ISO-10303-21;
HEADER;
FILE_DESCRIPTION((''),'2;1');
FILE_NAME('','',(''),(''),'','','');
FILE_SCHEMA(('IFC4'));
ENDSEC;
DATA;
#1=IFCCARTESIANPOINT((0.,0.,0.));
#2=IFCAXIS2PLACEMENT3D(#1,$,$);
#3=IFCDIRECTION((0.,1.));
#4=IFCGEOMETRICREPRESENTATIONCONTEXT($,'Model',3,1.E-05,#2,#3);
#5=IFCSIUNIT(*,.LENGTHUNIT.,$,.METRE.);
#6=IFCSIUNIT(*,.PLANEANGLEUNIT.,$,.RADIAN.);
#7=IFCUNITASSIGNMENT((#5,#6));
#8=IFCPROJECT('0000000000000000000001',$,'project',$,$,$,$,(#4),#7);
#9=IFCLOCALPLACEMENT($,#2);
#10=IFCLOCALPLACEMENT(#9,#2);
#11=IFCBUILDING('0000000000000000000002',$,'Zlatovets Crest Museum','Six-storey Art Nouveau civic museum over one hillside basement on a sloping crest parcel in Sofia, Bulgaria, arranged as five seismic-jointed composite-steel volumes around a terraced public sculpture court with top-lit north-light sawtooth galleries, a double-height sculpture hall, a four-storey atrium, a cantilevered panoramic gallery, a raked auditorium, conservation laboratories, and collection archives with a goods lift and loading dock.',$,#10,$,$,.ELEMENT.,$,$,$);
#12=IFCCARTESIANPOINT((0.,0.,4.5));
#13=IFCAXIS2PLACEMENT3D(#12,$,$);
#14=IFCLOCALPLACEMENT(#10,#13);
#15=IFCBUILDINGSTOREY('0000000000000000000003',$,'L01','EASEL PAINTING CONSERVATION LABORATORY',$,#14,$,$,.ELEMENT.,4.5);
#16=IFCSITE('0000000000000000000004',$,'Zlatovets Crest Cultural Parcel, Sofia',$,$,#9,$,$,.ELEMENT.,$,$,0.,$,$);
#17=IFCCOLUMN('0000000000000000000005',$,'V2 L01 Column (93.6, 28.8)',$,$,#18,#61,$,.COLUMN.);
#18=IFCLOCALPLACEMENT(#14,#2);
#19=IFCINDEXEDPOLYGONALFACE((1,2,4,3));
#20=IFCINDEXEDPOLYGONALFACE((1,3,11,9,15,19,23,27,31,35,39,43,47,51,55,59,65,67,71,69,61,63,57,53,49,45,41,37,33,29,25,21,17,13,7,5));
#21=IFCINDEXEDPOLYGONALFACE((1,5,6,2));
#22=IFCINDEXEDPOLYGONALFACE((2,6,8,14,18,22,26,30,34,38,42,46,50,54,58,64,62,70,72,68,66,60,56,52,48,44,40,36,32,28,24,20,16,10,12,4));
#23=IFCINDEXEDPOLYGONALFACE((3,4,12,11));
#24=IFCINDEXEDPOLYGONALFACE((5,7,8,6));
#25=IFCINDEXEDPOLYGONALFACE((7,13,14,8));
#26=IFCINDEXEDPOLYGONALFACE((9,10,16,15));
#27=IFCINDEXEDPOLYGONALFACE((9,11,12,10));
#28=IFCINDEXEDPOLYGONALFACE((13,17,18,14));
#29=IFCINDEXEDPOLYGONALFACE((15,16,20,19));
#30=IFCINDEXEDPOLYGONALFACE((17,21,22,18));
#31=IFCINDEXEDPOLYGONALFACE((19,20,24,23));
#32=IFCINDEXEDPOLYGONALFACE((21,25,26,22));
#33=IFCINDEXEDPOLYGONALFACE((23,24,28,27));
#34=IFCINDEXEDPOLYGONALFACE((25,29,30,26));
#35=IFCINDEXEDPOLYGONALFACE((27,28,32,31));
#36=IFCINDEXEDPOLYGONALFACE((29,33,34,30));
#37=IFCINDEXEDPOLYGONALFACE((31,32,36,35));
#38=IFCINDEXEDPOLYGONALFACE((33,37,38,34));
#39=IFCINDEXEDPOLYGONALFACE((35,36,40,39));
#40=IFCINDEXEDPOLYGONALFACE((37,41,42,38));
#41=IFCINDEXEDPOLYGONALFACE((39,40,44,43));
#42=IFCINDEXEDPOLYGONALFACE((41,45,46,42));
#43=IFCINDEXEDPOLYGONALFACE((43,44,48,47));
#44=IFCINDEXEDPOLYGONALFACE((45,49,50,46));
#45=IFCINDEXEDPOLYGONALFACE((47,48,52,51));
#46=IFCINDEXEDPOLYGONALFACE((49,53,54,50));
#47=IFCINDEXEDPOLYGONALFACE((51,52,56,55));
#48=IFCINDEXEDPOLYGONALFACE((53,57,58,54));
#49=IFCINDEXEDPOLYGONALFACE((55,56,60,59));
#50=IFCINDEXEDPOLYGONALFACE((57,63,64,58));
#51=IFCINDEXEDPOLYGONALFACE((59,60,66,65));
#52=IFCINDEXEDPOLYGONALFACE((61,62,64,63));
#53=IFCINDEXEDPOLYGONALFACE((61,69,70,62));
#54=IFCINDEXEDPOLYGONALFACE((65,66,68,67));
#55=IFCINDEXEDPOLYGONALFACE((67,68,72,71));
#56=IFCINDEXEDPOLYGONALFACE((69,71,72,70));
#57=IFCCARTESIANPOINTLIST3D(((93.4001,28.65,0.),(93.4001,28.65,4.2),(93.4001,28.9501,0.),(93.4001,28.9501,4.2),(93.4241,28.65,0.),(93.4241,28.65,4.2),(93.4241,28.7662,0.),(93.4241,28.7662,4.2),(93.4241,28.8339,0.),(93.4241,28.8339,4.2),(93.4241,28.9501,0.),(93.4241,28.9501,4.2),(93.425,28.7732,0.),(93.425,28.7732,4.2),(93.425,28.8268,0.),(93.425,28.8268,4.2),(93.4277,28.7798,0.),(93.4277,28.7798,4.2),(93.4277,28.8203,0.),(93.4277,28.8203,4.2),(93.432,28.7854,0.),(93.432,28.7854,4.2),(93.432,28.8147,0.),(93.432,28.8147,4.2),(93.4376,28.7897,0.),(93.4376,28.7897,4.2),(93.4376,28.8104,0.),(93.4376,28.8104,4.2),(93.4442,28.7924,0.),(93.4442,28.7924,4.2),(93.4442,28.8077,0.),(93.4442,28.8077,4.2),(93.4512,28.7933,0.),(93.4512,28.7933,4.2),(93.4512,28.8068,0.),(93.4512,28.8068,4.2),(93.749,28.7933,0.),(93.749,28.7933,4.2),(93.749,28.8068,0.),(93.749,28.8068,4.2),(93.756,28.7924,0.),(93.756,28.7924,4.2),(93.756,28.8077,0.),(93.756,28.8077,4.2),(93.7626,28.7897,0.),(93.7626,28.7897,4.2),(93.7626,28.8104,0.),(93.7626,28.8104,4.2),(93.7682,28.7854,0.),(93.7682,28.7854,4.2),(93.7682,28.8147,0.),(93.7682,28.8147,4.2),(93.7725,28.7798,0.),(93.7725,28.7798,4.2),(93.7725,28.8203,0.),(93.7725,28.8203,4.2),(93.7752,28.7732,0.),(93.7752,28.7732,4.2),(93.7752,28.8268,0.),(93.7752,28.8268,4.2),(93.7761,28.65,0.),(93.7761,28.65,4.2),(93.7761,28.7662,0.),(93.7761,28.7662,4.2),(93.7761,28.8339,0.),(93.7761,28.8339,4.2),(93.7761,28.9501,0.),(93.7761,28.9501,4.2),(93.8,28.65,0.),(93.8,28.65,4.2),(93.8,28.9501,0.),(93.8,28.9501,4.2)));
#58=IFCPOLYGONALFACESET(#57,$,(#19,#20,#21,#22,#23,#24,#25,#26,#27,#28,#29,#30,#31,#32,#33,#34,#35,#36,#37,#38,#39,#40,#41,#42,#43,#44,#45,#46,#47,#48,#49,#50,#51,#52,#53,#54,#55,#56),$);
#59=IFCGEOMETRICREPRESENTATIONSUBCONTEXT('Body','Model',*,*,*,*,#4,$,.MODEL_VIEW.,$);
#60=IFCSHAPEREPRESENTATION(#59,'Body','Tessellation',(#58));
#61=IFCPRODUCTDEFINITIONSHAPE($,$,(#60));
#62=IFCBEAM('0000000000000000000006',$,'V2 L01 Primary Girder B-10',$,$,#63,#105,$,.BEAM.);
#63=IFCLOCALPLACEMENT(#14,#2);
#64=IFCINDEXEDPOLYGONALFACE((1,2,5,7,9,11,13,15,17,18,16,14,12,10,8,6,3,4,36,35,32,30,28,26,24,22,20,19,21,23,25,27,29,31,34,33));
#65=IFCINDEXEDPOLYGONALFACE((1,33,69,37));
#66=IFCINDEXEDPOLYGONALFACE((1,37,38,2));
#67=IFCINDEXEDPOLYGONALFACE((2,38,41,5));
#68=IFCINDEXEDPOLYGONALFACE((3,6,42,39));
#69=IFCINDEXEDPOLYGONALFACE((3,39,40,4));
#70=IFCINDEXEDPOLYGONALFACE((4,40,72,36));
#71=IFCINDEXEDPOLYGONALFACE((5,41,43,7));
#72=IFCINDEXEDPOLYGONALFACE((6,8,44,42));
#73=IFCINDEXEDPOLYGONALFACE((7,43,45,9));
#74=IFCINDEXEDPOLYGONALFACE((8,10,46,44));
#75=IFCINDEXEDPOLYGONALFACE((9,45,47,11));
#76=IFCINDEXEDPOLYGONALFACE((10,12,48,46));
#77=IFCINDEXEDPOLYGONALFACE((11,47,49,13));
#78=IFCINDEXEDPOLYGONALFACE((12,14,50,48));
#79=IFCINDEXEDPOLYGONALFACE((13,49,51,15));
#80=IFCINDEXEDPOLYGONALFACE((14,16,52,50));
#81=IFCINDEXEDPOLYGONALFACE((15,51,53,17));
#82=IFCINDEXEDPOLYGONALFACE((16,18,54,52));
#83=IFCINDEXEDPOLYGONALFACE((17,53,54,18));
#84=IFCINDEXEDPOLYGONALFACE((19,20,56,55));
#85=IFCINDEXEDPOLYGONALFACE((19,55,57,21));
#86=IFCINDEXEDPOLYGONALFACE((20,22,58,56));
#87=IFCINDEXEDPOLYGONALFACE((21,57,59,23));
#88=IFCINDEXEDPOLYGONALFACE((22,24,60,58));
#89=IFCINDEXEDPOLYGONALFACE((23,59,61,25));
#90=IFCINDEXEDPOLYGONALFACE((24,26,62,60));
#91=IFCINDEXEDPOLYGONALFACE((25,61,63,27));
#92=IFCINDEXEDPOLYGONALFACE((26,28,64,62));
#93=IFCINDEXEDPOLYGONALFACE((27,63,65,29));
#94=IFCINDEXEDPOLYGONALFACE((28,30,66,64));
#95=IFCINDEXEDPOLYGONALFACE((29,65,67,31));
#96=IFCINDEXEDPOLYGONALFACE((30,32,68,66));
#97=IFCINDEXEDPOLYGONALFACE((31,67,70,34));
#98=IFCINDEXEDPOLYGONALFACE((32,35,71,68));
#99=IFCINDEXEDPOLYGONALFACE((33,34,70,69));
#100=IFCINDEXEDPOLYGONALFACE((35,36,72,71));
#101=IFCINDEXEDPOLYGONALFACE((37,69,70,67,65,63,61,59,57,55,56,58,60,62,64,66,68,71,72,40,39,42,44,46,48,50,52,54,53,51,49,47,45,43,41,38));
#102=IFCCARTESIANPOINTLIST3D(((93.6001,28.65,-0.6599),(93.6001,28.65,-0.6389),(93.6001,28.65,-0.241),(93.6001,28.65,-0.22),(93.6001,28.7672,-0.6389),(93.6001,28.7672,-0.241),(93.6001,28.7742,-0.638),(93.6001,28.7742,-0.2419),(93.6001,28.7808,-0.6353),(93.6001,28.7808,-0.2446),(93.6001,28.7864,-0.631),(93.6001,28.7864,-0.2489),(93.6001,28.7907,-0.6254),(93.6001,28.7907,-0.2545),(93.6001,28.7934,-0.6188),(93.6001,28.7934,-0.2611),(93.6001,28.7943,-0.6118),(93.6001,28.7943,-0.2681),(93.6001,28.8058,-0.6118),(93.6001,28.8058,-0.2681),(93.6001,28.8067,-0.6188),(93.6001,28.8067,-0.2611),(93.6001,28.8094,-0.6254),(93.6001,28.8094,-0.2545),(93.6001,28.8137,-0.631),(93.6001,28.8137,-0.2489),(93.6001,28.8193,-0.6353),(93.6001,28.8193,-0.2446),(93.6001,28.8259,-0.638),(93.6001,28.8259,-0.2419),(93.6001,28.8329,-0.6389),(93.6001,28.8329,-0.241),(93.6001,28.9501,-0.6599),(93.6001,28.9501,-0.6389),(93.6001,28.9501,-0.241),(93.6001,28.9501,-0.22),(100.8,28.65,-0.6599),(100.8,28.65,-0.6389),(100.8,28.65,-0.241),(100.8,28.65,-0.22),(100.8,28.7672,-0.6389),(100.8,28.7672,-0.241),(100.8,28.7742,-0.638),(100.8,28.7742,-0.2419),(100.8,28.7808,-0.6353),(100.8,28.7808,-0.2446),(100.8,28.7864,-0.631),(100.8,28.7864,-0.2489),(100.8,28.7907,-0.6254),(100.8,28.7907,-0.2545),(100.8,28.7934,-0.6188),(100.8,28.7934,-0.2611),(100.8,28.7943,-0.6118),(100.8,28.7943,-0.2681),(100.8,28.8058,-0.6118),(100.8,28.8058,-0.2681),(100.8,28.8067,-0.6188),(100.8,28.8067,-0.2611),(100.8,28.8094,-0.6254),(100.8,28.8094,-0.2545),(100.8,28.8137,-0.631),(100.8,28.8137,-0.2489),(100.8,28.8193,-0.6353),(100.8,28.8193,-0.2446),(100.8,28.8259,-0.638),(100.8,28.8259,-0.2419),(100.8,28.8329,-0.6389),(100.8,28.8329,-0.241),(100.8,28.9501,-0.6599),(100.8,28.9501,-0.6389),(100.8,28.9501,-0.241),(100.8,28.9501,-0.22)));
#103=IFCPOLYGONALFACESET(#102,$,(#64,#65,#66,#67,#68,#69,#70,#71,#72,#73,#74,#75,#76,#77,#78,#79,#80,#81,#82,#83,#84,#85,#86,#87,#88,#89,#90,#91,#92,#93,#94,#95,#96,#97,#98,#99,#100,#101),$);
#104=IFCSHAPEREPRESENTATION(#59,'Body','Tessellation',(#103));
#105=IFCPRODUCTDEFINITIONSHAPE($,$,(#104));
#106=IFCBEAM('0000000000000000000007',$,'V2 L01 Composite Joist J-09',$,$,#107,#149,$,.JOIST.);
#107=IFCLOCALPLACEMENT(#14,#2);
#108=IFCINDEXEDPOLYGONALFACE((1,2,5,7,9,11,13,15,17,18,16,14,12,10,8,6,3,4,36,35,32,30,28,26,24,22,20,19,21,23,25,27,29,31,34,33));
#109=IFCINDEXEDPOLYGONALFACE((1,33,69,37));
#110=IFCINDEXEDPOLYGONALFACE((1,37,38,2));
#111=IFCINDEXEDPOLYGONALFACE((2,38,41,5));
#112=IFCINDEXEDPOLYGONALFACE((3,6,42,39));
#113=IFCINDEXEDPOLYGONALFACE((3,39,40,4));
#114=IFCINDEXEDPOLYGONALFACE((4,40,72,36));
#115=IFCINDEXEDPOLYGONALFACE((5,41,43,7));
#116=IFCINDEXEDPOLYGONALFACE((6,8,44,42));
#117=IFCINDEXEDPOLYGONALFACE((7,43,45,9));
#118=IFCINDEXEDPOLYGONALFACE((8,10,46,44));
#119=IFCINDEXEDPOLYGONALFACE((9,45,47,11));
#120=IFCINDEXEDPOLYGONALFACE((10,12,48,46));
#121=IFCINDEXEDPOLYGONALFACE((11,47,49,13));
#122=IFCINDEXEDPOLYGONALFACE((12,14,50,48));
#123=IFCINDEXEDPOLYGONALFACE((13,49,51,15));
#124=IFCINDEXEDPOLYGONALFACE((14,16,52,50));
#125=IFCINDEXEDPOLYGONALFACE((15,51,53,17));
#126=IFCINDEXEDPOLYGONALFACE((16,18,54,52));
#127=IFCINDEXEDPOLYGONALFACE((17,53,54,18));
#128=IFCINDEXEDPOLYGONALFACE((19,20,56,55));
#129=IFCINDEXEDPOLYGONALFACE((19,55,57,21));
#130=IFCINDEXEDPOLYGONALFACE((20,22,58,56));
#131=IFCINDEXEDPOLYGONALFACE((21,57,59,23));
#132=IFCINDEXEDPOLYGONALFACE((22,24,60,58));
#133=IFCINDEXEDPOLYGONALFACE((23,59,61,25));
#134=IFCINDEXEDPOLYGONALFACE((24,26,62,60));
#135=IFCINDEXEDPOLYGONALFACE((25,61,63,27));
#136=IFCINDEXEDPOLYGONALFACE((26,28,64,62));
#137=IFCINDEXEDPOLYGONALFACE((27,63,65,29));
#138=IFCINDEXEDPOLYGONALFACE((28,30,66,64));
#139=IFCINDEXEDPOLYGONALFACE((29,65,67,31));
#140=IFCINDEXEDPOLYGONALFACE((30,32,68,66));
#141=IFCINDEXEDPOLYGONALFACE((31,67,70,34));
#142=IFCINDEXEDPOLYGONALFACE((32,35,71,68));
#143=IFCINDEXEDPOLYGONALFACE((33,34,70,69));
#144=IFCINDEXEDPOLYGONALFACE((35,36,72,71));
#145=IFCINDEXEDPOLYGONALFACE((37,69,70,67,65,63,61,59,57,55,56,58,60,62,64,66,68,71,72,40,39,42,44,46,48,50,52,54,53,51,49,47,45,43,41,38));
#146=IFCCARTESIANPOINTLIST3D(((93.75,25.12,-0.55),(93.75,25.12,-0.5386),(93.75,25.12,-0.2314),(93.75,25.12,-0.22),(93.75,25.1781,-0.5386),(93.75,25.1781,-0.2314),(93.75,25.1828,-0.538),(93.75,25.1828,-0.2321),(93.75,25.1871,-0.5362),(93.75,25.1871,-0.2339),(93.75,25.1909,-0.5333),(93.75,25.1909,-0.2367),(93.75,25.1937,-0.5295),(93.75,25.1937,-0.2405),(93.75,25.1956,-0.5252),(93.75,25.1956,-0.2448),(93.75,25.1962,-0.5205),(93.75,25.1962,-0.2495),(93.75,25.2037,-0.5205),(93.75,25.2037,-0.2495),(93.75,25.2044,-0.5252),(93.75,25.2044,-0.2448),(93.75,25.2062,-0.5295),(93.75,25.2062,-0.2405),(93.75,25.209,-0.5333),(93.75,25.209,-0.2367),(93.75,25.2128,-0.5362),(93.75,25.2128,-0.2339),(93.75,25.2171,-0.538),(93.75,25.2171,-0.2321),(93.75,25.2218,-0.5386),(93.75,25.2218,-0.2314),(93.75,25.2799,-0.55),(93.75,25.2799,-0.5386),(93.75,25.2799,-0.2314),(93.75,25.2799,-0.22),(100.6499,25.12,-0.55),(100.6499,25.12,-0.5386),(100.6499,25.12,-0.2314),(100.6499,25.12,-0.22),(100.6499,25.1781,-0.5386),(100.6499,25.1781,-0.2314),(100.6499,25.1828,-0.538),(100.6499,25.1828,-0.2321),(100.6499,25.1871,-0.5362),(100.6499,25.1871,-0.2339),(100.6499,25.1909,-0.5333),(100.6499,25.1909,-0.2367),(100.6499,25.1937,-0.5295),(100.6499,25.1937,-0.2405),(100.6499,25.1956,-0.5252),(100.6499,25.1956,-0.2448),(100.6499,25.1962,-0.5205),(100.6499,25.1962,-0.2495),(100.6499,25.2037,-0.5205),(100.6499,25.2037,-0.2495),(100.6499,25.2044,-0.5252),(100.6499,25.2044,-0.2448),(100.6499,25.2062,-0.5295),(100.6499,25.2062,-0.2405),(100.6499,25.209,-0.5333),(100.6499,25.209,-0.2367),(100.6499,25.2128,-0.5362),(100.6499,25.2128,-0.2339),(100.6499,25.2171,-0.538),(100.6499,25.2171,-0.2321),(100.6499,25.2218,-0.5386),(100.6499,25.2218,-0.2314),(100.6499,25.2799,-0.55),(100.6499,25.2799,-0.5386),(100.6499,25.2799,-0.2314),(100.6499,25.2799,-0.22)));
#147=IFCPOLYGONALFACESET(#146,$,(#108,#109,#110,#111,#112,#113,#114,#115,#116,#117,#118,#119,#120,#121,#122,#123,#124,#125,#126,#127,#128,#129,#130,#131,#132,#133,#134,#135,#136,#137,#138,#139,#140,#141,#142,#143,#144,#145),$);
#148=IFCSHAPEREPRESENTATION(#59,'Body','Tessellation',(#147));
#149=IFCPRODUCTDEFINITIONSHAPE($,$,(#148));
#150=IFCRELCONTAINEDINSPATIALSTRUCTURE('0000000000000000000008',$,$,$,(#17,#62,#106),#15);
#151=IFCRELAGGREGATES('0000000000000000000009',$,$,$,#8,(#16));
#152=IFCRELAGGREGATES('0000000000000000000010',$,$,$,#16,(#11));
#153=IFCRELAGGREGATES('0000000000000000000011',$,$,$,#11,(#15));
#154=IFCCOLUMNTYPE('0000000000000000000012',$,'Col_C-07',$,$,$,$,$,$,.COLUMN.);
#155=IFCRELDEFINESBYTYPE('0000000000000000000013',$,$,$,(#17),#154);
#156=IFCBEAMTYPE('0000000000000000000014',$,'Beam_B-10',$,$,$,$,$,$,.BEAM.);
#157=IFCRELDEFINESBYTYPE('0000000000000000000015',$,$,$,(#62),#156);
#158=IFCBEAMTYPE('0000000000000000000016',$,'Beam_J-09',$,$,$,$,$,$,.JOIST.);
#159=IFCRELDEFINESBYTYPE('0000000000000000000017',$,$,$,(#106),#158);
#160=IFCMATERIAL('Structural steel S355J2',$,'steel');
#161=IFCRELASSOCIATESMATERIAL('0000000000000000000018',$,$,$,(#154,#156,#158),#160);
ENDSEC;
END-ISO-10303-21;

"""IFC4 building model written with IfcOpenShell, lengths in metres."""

from ifc_helpers import new_model, si_unit, direction, frame, origin, origin_2d, place, context, subcontext, project, spatial, i_section, extrude, material, material_profile, profile_set, type_object, element, save


model = new_model("IFC4")

# Units and contexts
model_context = context("Model", 3, precision=1e-05, world=origin(), true_north=direction((0.0, 1.0)))
body_context = subcontext(model_context, "Body", "Model", "MODEL_VIEW")
ifc_project = project(units=[si_unit("LENGTHUNIT", "METRE"), si_unit("PLANEANGLEUNIT", "RADIAN")], contexts=[model_context])

# Site, building, storey
site_placement = place(None, origin())
site = spatial("IfcSite", under=ifc_project, at=site_placement, Name="Zlatovets Crest Cultural Parcel, Sofia", CompositionType="ELEMENT", RefElevation=0.0)
building_placement = place(site_placement, origin())
building = spatial("IfcBuilding", under=site, at=building_placement, Name="Zlatovets Crest Museum", Description="Six-storey Art Nouveau civic museum over one hillside basement on a sloping crest parcel in Sofia, Bulgaria, arranged as five seismic-jointed composite-steel volumes around a terraced public sculpture court with top-lit north-light sawtooth galleries, a double-height sculpture hall, a four-storey atrium, a cantilevered panoramic gallery, a raked auditorium, conservation laboratories, and collection archives with a goods lift and loading dock.", CompositionType="ELEMENT")
storey_placement = place(building_placement, frame((0.0, 0.0, 4.5)))
storey = spatial("IfcBuildingStorey", under=building, at=storey_placement, Name="L01", Description="EASEL PAINTING CONSERVATION LABORATORY", CompositionType="ELEMENT", Elevation=4.5)

# Column
ifc_material_1 = material(Name="Structural steel S355J2", Category="steel")
ifc_material_profile_1 = material_profile(ifc_material_1, i_section(OverallWidth=0.3, OverallDepth=0.3999, WebThickness=0.0134, FlangeThickness=0.0239, FilletRadius=0.0271, at=origin_2d()), Name="HEB 400")
ifc_profile_set_1 = profile_set([ifc_material_profile_1], Name="Structural steel S355J2")
column_type = type_object("IfcColumnType", Name="Col_C-07", PredefinedType="COLUMN", material=ifc_profile_set_1)
column_placement = place(storey_placement, frame((93.6001, 28.8, 0.0), z_axis=(0.0, 0.0, 1.0), x_axis=(0.0, 1.0, 0.0)))
element("IfcColumn", 1, at=column_placement, inside=storey, type_object=column_type, Name="V2 L01 Column (93.6, 28.8)", PredefinedType="COLUMN", context=body_context, shape_type="SweptSolid", body=[
    extrude(i_section(OverallWidth=0.3, OverallDepth=0.3999, WebThickness=0.0134, FlangeThickness=0.0239, FilletRadius=0.0271, at=origin_2d()), origin(), (0.0, 0.0, 1.0), 4.2),
])

# Beams
ifc_material_profile_2 = material_profile(ifc_material_1, i_section(OverallWidth=0.3, OverallDepth=0.4399, WebThickness=0.0115, FlangeThickness=0.021, FilletRadius=0.0271, at=origin_2d()), Name="HEA 450")
ifc_profile_set_2 = profile_set([ifc_material_profile_2], Name="Structural steel S355J2")
beam_type_1 = type_object("IfcBeamType", Name="Beam_B-10", PredefinedType="BEAM", material=ifc_profile_set_2)
beam_1_placement = place(storey_placement, frame((93.6001, 28.8, -0.4399), z_axis=(1.0, 0.0, 0.0), x_axis=(0.0, 1.0, 0.0)))
element("IfcBeam", 2, at=beam_1_placement, inside=storey, type_object=beam_type_1, Name="V2 L01 Primary Girder B-10", PredefinedType="BEAM", context=body_context, shape_type="SweptSolid", body=[
    extrude(i_section(OverallWidth=0.3, OverallDepth=0.4399, WebThickness=0.0115, FlangeThickness=0.021, FilletRadius=0.0271, at=origin_2d()), origin(), (0.0, 0.0, 1.0), 7.2),
])
ifc_material_profile_3 = material_profile(ifc_material_1, i_section(OverallWidth=0.1599, OverallDepth=0.3301, WebThickness=0.0076, FlangeThickness=0.0115, FilletRadius=0.0181, at=origin_2d()), Name="IPE 330")
ifc_profile_set_3 = profile_set([ifc_material_profile_3], Name="Structural steel S355J2")
beam_type_2 = type_object("IfcBeamType", Name="Beam_J-09", PredefinedType="JOIST", material=ifc_profile_set_3)
beam_2_placement = place(storey_placement, frame((93.75, 25.2, -0.385), z_axis=(1.0, 0.0, 0.0), x_axis=(0.0, 1.0, 0.0)))
element("IfcBeam", 3, at=beam_2_placement, inside=storey, type_object=beam_type_2, Name="V2 L01 Composite Joist J-09", PredefinedType="JOIST", context=body_context, shape_type="SweptSolid", body=[
    extrude(i_section(OverallWidth=0.1599, OverallDepth=0.3301, WebThickness=0.0076, FlangeThickness=0.0115, FilletRadius=0.0181, at=origin_2d()), origin(), (0.0, 0.0, 1.0), 6.8999),
])

save(model, "model.ifc")
